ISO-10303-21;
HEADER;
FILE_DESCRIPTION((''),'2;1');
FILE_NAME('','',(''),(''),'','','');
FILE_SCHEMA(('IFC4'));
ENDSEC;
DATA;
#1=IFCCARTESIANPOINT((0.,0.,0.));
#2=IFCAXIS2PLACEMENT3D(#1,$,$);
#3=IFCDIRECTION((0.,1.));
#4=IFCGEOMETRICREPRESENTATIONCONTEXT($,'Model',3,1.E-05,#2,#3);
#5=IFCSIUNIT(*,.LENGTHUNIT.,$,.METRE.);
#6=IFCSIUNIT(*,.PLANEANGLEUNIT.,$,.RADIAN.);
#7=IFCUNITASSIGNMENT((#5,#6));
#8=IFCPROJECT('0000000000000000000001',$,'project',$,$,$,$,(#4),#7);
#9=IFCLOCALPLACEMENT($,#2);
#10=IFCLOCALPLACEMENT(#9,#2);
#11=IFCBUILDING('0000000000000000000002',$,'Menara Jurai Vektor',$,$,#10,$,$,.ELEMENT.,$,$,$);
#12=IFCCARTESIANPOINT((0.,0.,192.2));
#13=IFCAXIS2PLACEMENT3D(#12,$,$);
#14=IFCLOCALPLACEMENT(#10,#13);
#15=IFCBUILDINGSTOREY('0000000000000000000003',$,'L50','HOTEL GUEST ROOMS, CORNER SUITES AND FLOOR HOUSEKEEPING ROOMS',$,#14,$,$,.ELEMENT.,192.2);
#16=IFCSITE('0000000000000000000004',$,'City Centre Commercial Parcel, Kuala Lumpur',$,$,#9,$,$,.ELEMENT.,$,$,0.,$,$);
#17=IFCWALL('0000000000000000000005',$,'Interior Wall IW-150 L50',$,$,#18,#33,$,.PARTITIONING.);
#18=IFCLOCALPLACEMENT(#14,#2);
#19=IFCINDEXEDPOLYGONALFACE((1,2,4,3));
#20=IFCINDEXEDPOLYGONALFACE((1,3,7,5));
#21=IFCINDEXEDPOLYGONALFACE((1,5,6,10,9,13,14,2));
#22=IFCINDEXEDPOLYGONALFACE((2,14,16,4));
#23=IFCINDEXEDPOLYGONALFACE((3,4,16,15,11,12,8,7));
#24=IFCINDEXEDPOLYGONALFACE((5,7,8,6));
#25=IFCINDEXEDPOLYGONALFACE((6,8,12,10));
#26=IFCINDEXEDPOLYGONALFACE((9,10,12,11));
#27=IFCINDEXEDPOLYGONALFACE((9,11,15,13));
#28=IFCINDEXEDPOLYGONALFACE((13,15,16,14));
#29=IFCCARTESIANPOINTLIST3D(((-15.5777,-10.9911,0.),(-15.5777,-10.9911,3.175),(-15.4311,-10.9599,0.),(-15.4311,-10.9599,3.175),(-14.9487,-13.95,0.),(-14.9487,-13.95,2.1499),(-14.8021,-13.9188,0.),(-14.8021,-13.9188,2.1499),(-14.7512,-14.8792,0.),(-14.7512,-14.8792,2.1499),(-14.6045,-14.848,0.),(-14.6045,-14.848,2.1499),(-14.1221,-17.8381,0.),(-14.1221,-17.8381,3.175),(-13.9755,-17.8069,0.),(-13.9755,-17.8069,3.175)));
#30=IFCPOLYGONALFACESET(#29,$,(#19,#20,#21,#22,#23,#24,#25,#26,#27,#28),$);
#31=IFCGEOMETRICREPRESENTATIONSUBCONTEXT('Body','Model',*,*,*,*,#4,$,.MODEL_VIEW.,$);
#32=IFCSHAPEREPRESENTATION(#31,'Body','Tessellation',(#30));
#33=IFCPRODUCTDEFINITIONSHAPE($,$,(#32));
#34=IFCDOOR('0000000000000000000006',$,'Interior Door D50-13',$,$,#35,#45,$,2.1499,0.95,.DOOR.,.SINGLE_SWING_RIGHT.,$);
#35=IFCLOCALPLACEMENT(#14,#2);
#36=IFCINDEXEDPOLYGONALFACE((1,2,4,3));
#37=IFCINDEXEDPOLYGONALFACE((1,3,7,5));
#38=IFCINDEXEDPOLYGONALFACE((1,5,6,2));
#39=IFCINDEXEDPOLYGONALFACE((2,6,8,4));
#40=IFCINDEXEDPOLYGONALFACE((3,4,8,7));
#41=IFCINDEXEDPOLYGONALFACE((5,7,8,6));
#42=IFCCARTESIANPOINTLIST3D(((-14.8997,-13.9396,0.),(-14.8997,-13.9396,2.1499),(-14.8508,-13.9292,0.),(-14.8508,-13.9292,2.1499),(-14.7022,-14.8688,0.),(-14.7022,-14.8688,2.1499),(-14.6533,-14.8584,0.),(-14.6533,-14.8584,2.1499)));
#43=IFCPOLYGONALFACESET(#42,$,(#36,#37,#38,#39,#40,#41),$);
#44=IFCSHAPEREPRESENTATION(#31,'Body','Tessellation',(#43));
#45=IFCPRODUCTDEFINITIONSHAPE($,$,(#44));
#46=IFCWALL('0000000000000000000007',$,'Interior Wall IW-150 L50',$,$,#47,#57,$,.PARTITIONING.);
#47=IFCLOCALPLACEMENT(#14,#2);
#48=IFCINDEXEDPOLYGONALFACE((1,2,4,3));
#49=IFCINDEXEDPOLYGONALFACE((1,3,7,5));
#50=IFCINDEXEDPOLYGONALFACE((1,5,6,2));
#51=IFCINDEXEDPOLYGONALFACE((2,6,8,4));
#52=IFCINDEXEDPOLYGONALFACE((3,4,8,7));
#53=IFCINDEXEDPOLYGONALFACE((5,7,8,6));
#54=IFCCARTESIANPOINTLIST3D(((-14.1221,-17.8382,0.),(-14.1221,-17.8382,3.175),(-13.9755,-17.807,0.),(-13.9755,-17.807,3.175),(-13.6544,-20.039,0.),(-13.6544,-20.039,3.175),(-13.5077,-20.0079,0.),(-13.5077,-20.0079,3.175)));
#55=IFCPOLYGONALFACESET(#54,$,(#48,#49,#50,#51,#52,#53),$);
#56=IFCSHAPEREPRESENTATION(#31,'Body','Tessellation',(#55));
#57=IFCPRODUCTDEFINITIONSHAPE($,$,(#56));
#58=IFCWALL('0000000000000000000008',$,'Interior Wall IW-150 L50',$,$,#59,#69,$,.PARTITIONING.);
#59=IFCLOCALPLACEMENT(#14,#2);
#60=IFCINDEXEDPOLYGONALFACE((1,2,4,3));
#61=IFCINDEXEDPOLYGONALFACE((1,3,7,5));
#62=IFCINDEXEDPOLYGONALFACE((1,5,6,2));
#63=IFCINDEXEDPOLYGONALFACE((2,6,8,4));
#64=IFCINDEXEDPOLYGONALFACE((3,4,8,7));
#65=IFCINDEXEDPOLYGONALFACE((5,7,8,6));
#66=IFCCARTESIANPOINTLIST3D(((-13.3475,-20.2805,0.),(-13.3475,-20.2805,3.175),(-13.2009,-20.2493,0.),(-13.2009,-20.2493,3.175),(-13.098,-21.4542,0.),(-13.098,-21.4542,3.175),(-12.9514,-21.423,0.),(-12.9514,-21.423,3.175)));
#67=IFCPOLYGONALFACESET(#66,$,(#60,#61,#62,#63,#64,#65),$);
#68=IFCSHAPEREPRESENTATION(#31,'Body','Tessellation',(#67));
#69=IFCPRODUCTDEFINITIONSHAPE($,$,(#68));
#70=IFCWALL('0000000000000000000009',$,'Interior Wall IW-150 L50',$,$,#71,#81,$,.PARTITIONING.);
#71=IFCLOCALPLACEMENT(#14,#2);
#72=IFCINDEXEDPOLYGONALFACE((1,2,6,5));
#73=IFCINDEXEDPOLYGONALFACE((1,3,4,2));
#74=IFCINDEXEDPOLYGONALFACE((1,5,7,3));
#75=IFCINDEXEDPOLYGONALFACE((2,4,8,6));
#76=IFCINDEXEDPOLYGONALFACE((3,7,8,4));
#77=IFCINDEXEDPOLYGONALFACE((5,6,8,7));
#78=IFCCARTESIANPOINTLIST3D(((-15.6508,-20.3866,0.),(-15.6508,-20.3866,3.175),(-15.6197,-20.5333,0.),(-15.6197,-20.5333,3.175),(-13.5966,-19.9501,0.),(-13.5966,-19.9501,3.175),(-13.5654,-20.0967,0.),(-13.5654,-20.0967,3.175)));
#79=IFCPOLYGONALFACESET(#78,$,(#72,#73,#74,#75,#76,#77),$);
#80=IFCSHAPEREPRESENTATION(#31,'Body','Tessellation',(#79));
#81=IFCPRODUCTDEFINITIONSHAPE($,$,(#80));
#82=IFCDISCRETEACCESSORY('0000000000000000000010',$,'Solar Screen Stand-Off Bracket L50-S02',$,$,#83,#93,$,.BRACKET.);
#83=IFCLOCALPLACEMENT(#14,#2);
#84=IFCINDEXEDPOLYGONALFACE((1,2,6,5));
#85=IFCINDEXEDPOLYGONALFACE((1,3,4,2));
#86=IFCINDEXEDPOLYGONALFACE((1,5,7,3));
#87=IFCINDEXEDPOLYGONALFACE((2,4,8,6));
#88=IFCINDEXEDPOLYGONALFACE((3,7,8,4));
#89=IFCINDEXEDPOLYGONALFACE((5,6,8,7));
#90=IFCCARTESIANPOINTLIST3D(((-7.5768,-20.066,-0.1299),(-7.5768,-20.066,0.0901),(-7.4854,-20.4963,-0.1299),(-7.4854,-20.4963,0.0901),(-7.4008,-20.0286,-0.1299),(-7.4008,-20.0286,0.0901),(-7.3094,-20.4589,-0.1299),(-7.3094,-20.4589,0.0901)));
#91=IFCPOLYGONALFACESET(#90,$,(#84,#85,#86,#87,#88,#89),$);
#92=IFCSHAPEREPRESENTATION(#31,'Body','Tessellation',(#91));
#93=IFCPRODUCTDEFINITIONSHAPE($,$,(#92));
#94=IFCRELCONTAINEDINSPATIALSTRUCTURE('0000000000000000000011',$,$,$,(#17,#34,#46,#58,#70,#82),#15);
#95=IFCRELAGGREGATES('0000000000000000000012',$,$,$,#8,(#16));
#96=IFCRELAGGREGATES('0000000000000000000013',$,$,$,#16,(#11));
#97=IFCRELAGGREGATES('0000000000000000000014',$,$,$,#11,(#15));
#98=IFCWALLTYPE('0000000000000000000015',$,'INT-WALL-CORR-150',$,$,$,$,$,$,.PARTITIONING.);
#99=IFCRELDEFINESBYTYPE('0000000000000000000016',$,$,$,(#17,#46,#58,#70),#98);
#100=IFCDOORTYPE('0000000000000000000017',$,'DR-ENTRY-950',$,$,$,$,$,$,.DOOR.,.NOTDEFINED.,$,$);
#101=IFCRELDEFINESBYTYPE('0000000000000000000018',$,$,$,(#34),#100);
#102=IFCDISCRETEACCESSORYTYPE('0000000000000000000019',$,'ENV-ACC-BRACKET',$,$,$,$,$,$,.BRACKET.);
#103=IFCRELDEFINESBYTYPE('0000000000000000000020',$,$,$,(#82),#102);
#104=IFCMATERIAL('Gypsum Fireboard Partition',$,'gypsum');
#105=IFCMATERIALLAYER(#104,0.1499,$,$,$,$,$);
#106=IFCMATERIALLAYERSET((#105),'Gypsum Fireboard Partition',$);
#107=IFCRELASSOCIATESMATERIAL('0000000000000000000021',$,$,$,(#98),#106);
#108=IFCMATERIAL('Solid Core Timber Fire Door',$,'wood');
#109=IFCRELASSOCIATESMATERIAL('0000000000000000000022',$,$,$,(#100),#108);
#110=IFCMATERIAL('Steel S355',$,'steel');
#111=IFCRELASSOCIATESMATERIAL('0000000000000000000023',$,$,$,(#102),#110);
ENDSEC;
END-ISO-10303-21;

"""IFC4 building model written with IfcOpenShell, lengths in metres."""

from ifc_helpers import new_model, si_unit, direction, frame, frame_2d, origin, origin_2d, place, context, subcontext, project, spatial, rectangle, extrude, material, layer, layer_set, type_object, element, fill, save


model = new_model("IFC4")

# Units and contexts
model_context = context("Model", 3, precision=1e-05, world=origin(), true_north=direction((0.0, 1.0)))
body_context = subcontext(model_context, "Body", "Model", "MODEL_VIEW")
ifc_project = project(units=[si_unit("LENGTHUNIT", "METRE"), si_unit("PLANEANGLEUNIT", "RADIAN")], contexts=[model_context])

# Site, building, storey
site_placement = place(None, origin())
site = spatial("IfcSite", under=ifc_project, at=site_placement, Name="City Centre Commercial Parcel, Kuala Lumpur", CompositionType="ELEMENT", RefElevation=0.0)
building_placement = place(site_placement, origin())
building = spatial("IfcBuilding", under=site, at=building_placement, Name="Menara Jurai Vektor", CompositionType="ELEMENT")
storey_placement = place(building_placement, frame((0.0, 0.0, 192.2)))
storey = spatial("IfcBuildingStorey", under=building, at=storey_placement, Name="L50", Description="HOTEL GUEST ROOMS, CORNER SUITES AND FLOOR HOUSEKEEPING ROOMS", CompositionType="ELEMENT", Elevation=192.2)

# Shared definitions
ifc_material_1 = material(Name="Steel S355", Category="steel")

# Shared definitions
ifc_material_2 = material(Name="Gypsum Fireboard Partition", Category="gypsum")
ifc_layer_1 = layer(ifc_material_2, 0.1499)
ifc_layer_set_1 = layer_set([ifc_layer_1], Name="Gypsum Fireboard Partition")
wall_type = type_object("IfcWallType", Name="INT-WALL-CORR-150", PredefinedType="PARTITIONING", material=ifc_layer_set_1)

# Shared definitions
ifc_material_3 = material(Name="Solid Core Timber Fire Door", Category="wood")
door_type_1 = type_object("IfcDoorType", Name="DR-ENTRY-950", OperationType="NOTDEFINED", PredefinedType="DOOR", material=ifc_material_3)

# Wall, opening, door
wall_1_placement = place(storey_placement, frame((-14.0488, -17.8225, 0.0), z_axis=(0.0, 0.0, 1.0), x_axis=(-0.20794, 0.978142, 0.0)))
wall_1 = element("IfcWall", 1, at=wall_1_placement, inside=storey, type_object=wall_type, Name="Interior Wall IW-150 L50", PredefinedType="PARTITIONING", context=body_context, shape_type="SweptSolid", body=[
    extrude(rectangle(XDim=7.0, YDim=0.1499, at=frame_2d((3.5, 0.0))), origin(), (0.0, 0.0, 1.0), 3.175),
])
opening_1_placement = place(wall_1_placement, frame((3.0249, 0.0, 0.0)))
opening_1 = element("IfcOpeningElement", 2, at=opening_1_placement, cuts=wall_1, PredefinedType="OPENING", context=body_context, shape_type="SweptSolid", body=[
    extrude(rectangle(XDim=0.95, YDim=2.1499, at=frame_2d((0.4751, 1.075))), frame((0.0, 0.085, 0.0), z_axis=(0.0, -1.0, 0.0), x_axis=(1.0, 0.0, 0.0)), (0.0, 0.0, 1.0), 0.1699),
])
door_1_placement = place(opening_1_placement, origin())
door_1 = element("IfcDoor", 3, at=door_1_placement, inside=storey, type_object=door_type_1, Name="Interior Door D50-13", OperationType="SINGLE_SWING_RIGHT", OverallHeight=2.1499, OverallWidth=0.95, PredefinedType="DOOR", context=body_context, shape_type="SweptSolid", body=[
    extrude(rectangle(XDim=0.95, YDim=2.1499, at=frame_2d((0.4751, 1.075))), frame((0.0, 0.0249, 0.0), z_axis=(0.0, -1.0, 0.0), x_axis=(1.0, 0.0, 0.0)), (0.0, 0.0, 1.0), 0.05),
])
fill(opening_1, door_1)

# Walls
wall_2_placement = place(storey_placement, frame((-13.5811, -20.0234, 0.0), z_axis=(0.0, 0.0, 1.0), x_axis=(-0.207891, 0.978152, 0.0)))
element("IfcWall", 4, at=wall_2_placement, inside=storey, type_object=wall_type, Name="Interior Wall IW-150 L50", PredefinedType="PARTITIONING", context=body_context, shape_type="SweptSolid", body=[
    extrude(rectangle(XDim=2.25, YDim=0.1499, at=frame_2d((1.125, 0.0))), origin(), (0.0, 0.0, 1.0), 3.175),
])
wall_3_placement = place(storey_placement, frame((-13.0247, -21.4387, 0.0), z_axis=(0.0, 0.0, 1.0), x_axis=(-0.207917, 0.978146, 0.0)))
element("IfcWall", 5, at=wall_3_placement, inside=storey, type_object=wall_type, Name="Interior Wall IW-150 L50", PredefinedType="PARTITIONING", context=body_context, shape_type="SweptSolid", body=[
    extrude(rectangle(XDim=1.2, YDim=0.1499, at=frame_2d((0.6001, 0.0))), origin(), (0.0, 0.0, 1.0), 3.175),
])

# Wall
wall_4_placement = place(storey_placement, frame((-15.6353, -20.46, 0.0), z_axis=(0.0, 0.0, 1.0), x_axis=(0.978158, 0.207862, 0.0)))
element("IfcWall", 6, at=wall_4_placement, inside=storey, type_object=wall_type, Name="Interior Wall IW-150 L50", PredefinedType="PARTITIONING", context=body_context, shape_type="SweptSolid", body=[
    extrude(rectangle(XDim=2.1001, YDim=0.1499, at=frame_2d((1.05, 0.0))), origin(), (0.0, 0.0, 1.0), 3.175),
])

# Discrete accessory
discrete_accessory_type = type_object("IfcDiscreteAccessoryType", Name="ENV-ACC-BRACKET", PredefinedType="BRACKET", material=ifc_material_1)
discrete_accessory_placement = place(storey_placement, frame((-7.4431, -20.2625, -0.1299), z_axis=(0.0, 0.0, 1.0), x_axis=(0.978148, 0.207912, 0.0)))
element("IfcDiscreteAccessory", 7, at=discrete_accessory_placement, inside=storey, type_object=discrete_accessory_type, Name="Solar Screen Stand-Off Bracket L50-S02", PredefinedType="BRACKET", context=body_context, shape_type="SweptSolid", body=[
    extrude(rectangle(XDim=0.1799, YDim=0.4399, at=origin_2d()), origin(), (0.0, 0.0, 1.0), 0.22),
])

save(model, "model.ifc")
